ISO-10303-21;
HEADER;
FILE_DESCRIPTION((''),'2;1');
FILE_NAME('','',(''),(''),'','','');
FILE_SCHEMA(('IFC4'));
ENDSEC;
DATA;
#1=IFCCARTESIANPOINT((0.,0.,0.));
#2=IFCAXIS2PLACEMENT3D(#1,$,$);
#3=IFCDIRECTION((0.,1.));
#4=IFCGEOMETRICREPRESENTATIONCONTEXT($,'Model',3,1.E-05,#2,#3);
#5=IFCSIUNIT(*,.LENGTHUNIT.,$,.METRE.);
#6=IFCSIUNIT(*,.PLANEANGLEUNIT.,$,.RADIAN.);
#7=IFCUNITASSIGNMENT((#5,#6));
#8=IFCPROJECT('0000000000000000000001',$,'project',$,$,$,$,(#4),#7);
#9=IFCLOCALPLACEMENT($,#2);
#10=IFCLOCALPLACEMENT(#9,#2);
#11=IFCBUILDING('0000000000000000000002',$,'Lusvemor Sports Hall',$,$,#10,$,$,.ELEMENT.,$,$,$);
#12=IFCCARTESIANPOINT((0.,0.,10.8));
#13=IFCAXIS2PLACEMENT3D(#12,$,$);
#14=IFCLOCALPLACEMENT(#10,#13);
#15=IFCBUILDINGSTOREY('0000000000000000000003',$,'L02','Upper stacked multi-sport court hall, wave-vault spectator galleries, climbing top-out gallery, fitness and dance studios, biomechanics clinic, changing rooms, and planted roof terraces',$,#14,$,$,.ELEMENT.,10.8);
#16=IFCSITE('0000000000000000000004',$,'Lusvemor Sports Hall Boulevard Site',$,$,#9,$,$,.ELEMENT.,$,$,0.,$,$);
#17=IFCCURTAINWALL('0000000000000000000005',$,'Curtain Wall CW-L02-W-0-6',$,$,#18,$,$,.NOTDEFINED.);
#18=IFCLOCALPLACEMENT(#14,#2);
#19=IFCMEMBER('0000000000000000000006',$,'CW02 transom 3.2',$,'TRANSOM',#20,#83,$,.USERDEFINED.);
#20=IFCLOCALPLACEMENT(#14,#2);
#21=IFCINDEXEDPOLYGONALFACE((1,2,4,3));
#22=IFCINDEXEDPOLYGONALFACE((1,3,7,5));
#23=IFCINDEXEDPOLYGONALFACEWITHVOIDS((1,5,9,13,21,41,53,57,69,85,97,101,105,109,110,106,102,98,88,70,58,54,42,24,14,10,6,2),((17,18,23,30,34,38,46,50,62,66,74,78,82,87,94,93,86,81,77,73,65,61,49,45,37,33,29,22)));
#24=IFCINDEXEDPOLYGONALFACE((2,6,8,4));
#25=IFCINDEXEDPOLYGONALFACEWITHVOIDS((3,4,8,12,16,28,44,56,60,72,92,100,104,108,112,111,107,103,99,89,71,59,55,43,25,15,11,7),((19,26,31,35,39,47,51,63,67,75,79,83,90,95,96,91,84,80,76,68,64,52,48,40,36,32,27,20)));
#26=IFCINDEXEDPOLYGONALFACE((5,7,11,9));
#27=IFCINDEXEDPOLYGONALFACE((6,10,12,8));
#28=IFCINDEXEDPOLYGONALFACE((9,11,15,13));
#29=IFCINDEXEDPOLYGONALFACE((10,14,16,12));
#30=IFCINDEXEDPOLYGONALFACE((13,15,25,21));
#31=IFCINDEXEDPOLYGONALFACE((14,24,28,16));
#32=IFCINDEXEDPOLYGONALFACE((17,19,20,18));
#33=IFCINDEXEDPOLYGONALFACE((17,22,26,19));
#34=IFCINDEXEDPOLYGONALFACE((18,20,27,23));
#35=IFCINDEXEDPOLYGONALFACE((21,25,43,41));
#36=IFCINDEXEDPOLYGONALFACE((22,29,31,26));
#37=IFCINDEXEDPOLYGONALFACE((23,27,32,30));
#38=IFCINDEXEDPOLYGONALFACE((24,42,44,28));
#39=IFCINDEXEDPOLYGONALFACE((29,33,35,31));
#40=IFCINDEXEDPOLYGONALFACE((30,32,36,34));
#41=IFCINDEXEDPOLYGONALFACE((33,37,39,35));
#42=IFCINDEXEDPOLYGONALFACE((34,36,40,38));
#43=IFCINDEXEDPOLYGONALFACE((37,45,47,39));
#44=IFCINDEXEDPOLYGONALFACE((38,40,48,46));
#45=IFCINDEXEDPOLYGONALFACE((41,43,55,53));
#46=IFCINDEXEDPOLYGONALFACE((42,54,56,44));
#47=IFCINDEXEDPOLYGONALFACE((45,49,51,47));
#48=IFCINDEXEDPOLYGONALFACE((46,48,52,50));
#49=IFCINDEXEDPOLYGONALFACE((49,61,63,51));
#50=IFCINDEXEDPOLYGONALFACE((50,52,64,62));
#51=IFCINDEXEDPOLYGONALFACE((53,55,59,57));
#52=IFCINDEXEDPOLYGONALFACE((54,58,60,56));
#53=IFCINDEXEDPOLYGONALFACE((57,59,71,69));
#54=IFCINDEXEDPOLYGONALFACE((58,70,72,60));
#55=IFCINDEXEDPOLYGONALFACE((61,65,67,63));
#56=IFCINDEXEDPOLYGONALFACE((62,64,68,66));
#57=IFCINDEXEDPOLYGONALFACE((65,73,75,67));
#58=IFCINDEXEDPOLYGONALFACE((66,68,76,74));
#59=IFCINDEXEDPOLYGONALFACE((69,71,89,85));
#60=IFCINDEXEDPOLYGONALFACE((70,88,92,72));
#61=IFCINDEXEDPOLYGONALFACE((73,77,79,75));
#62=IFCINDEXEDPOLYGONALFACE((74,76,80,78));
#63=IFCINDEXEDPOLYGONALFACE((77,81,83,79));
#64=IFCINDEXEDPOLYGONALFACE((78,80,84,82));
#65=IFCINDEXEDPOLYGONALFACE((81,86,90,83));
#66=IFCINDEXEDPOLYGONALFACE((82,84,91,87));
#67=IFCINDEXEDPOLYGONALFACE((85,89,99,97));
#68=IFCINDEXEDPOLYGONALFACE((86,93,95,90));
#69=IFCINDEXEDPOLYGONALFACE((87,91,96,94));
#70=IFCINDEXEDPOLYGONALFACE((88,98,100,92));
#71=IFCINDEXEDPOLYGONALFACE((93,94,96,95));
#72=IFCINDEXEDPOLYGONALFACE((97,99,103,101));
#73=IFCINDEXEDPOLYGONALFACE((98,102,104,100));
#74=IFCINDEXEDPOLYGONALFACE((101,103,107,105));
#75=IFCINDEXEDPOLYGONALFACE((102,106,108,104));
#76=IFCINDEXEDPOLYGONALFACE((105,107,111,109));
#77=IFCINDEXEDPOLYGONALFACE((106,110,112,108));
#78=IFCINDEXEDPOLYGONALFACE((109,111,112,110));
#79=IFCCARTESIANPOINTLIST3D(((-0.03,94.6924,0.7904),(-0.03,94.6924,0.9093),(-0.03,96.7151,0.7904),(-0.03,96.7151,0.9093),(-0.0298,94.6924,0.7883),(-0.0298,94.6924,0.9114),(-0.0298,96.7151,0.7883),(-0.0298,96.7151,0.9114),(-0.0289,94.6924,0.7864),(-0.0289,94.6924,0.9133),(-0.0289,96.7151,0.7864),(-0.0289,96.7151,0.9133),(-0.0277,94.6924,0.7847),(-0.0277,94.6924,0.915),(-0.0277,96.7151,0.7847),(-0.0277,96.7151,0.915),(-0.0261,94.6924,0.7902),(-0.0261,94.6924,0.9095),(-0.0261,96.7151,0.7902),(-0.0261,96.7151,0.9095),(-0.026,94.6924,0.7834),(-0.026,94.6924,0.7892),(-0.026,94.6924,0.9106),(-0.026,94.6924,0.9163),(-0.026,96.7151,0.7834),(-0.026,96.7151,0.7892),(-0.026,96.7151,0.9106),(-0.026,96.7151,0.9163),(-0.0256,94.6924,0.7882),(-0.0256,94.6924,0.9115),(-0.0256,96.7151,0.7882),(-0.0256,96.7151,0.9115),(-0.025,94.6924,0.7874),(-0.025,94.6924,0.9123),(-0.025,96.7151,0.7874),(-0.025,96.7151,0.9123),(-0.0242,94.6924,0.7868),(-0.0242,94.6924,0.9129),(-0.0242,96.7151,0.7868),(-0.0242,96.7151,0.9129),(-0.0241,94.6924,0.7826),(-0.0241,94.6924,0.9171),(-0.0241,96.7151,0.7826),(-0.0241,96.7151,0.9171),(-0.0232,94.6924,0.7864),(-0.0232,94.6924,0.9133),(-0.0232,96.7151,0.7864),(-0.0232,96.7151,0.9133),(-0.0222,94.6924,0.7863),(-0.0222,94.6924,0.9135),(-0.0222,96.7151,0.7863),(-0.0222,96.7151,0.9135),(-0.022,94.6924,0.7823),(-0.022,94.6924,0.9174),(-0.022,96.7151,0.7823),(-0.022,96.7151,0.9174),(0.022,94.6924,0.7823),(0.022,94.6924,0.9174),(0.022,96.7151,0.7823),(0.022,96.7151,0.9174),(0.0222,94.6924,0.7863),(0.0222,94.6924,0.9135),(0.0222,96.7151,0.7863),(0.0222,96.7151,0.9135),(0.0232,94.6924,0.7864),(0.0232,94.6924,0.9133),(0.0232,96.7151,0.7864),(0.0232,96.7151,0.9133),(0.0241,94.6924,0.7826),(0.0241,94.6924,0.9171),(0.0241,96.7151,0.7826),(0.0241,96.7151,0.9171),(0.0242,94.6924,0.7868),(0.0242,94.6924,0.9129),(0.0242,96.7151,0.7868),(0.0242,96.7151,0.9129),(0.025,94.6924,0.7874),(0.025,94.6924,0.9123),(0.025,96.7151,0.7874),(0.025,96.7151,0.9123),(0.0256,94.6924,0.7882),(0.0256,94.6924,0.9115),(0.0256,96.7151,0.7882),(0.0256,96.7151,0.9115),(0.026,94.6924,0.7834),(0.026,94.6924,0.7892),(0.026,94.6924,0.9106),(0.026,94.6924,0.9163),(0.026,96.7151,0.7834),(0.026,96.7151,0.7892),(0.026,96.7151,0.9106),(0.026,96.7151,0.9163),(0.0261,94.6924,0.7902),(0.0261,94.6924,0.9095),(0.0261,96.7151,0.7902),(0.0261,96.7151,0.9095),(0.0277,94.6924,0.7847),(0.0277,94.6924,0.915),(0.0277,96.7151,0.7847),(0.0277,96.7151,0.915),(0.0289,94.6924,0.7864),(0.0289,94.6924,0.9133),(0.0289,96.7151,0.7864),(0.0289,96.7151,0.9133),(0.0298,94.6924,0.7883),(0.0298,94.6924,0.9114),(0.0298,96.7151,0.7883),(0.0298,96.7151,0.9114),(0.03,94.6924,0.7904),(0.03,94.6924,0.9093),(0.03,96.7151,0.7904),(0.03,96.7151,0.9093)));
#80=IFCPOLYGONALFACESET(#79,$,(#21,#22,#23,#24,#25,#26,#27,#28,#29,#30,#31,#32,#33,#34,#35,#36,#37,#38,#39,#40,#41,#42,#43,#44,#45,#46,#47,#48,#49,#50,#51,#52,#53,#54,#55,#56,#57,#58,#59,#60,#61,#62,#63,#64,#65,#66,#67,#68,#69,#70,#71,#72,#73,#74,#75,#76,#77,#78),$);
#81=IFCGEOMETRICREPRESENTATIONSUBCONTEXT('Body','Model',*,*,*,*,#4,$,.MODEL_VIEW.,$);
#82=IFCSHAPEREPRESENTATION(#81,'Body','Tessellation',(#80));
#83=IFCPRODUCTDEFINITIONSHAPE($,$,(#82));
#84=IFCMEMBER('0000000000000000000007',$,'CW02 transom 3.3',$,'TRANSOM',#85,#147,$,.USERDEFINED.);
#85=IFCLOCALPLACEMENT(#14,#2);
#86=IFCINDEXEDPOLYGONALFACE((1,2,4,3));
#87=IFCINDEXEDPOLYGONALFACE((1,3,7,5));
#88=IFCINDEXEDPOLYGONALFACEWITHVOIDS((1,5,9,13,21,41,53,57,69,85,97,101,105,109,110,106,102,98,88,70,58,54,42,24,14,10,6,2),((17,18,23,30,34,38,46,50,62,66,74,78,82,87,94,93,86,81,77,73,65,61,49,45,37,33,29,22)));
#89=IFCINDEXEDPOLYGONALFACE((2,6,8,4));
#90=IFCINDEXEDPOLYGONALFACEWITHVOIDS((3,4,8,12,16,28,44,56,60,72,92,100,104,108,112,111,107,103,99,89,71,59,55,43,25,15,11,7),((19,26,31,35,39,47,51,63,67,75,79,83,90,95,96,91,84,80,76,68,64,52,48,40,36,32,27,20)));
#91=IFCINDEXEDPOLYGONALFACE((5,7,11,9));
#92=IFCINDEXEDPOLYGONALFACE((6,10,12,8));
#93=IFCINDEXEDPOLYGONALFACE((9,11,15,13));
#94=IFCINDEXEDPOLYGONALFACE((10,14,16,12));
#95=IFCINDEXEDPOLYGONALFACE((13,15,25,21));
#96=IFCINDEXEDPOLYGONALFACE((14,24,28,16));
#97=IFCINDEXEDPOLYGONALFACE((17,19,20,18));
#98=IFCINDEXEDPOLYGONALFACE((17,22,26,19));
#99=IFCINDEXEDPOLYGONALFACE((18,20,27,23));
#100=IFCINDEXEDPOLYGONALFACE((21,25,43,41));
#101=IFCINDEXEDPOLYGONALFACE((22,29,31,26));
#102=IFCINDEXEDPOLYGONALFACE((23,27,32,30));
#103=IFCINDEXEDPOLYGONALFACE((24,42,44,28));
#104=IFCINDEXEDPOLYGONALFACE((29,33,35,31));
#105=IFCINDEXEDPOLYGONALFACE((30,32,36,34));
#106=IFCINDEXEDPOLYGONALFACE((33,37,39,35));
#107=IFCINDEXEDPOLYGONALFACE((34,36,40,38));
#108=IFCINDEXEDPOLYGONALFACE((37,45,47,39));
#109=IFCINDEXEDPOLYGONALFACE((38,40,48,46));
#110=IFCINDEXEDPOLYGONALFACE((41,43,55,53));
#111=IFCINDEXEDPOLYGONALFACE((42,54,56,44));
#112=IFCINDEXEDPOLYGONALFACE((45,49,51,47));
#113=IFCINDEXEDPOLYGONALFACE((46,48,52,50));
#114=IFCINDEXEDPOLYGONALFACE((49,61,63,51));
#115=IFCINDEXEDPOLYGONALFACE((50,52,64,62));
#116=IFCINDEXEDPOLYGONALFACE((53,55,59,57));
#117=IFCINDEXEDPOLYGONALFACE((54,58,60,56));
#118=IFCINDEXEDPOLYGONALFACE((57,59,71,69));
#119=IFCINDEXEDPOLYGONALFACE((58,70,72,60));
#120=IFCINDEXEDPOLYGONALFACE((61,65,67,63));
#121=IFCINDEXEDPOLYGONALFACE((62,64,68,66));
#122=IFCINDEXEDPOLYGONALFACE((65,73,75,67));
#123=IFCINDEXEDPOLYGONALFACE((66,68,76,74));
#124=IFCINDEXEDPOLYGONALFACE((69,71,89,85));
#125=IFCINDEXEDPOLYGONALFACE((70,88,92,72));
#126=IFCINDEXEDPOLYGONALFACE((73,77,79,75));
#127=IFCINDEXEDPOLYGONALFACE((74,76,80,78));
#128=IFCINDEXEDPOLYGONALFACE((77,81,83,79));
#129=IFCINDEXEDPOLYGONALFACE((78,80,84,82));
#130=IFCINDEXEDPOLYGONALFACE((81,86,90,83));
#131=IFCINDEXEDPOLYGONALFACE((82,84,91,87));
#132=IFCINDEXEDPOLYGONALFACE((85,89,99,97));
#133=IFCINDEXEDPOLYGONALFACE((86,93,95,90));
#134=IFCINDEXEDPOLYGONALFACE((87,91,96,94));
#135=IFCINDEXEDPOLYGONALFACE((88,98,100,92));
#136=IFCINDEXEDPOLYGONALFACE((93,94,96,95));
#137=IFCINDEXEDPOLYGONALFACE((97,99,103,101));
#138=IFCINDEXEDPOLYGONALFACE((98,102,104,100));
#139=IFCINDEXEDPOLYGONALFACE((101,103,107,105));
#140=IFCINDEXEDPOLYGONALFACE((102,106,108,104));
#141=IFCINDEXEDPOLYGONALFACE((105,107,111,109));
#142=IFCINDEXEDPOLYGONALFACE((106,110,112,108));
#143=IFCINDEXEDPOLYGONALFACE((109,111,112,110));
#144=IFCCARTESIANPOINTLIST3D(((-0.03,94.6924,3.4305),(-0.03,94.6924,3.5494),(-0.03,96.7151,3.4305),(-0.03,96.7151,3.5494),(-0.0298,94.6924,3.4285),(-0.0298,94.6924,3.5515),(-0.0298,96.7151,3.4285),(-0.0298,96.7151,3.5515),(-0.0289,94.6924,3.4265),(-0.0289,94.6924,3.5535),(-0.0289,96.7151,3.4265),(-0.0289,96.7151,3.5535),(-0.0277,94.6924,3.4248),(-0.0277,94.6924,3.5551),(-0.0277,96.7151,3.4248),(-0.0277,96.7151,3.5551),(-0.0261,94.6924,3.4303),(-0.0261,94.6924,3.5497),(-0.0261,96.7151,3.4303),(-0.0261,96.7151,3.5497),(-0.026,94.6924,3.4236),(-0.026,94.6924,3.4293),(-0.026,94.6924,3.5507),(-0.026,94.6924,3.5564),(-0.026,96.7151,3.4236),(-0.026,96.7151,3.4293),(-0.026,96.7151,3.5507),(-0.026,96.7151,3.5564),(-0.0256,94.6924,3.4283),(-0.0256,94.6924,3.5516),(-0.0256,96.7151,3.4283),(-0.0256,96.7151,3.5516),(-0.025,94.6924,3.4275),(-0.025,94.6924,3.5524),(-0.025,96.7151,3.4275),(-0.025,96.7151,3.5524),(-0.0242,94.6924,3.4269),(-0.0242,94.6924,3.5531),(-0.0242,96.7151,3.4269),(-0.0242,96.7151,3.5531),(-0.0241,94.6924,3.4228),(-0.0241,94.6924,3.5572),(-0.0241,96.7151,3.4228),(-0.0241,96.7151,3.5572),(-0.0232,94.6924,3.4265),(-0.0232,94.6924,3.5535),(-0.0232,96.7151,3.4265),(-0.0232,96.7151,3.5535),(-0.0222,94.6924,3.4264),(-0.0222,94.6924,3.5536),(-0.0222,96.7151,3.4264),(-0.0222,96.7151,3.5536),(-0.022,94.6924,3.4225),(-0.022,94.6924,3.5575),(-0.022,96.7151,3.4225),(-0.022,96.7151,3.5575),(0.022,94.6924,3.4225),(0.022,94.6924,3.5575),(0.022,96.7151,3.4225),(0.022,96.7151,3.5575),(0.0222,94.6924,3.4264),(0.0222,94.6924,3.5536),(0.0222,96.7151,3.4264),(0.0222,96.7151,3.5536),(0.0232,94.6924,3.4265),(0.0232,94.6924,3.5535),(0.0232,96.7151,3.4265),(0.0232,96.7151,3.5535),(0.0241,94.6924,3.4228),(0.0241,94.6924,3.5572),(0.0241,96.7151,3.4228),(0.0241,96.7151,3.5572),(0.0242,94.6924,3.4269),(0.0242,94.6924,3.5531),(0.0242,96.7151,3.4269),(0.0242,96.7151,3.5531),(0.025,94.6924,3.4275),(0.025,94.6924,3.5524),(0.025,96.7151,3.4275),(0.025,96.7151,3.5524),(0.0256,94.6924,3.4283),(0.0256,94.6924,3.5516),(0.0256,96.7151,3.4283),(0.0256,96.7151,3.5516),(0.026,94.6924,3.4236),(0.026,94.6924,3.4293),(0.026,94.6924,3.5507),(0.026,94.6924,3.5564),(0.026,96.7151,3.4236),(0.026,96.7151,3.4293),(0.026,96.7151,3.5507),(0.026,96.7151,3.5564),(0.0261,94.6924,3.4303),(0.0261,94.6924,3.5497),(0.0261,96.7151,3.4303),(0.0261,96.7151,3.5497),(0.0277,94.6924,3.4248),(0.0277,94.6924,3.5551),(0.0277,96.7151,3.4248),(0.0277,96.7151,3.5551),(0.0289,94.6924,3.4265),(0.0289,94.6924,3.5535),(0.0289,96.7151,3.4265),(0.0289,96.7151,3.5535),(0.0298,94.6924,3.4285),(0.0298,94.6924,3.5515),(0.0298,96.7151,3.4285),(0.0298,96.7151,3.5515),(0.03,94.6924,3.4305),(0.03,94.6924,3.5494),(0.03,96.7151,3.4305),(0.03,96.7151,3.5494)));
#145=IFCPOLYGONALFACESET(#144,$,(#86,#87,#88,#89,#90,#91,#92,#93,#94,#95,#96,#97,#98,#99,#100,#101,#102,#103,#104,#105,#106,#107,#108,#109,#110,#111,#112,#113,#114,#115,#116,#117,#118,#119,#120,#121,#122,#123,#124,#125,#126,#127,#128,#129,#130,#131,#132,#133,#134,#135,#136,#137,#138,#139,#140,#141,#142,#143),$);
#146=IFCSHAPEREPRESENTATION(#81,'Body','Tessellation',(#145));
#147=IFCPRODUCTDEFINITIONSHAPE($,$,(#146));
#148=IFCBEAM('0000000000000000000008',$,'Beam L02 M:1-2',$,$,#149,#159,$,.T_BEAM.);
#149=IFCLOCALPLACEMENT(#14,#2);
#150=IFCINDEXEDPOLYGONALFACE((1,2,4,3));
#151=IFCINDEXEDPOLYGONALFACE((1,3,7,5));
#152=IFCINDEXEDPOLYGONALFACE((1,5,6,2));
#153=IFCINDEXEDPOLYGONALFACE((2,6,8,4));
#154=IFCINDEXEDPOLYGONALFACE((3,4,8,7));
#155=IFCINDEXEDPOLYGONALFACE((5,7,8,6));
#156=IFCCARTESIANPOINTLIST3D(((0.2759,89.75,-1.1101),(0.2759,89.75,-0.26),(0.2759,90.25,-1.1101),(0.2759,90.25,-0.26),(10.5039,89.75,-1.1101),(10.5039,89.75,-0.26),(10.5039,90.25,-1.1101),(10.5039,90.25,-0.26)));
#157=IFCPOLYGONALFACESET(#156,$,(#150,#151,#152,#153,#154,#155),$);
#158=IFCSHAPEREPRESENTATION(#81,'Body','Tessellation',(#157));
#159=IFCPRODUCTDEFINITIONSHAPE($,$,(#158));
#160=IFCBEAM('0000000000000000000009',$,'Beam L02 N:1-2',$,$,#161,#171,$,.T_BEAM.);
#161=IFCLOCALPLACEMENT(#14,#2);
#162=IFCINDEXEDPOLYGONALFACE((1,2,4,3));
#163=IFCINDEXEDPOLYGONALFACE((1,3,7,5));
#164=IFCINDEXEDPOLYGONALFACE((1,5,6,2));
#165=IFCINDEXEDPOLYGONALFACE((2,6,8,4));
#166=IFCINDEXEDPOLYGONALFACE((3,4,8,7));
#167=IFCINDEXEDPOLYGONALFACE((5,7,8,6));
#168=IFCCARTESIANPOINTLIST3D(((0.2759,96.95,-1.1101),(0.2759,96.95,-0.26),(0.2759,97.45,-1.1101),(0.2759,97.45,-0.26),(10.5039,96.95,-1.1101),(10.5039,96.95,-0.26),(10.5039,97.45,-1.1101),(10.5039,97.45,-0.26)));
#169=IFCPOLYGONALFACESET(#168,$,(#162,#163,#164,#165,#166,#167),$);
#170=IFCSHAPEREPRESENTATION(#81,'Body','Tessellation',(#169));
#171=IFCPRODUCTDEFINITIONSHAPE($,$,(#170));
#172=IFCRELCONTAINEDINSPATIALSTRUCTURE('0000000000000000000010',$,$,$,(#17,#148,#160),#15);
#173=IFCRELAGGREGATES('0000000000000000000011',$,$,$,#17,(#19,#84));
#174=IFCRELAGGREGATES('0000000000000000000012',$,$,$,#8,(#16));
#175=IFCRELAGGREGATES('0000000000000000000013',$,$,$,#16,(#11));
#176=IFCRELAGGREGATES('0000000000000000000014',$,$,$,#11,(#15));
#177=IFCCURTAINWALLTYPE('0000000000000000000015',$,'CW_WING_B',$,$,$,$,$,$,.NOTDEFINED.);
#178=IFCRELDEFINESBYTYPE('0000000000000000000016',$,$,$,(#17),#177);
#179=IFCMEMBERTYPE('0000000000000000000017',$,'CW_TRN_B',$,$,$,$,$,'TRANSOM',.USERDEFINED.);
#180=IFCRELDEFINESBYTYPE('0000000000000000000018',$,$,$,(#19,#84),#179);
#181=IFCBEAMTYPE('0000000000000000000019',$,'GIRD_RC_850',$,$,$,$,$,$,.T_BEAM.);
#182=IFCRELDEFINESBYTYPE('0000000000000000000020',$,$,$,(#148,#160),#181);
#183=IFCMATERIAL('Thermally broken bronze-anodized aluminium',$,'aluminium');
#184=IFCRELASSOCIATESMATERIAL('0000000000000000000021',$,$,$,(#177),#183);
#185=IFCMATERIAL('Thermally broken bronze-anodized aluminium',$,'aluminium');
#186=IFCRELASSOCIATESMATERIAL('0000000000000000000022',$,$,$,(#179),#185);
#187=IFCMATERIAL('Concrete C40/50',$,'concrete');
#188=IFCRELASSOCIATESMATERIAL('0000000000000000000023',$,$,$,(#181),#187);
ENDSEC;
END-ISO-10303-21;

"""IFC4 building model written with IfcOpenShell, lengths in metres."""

from ifc_helpers import new_model, si_unit, direction, frame, origin, origin_2d, place, context, subcontext, project, spatial, rectangle, hollow_rectangle, extrude, material, material_profile, profile_set, type_object, element, aggregate, save


model = new_model("IFC4")

# Units and contexts
model_context = context("Model", 3, precision=1e-05, world=origin(), true_north=direction((0.0, 1.0)))
body_context = subcontext(model_context, "Body", "Model", "MODEL_VIEW")
ifc_project = project(units=[si_unit("LENGTHUNIT", "METRE"), si_unit("PLANEANGLEUNIT", "RADIAN")], contexts=[model_context])

# Site, building, storey
site_placement = place(None, origin())
site = spatial("IfcSite", under=ifc_project, at=site_placement, Name="Lusvemor Sports Hall Boulevard Site", CompositionType="ELEMENT", RefElevation=0.0)
building_placement = place(site_placement, origin())
building = spatial("IfcBuilding", under=site, at=building_placement, Name="Lusvemor Sports Hall", CompositionType="ELEMENT")
storey_placement = place(building_placement, frame((0.0, 0.0, 10.8)))
storey = spatial("IfcBuildingStorey", under=building, at=storey_placement, Name="L02", Description="Upper stacked multi-sport court hall, wave-vault spectator galleries, climbing top-out gallery, fitness and dance studios, biomechanics clinic, changing rooms, and planted roof terraces", CompositionType="ELEMENT", Elevation=10.8)

# Curtain wall, members
ifc_material_1 = material(Name="Thermally broken bronze-anodized aluminium", Category="aluminium")
curtain_wall_type = type_object("IfcCurtainWallType", Name="CW_WING_B", PredefinedType="NOTDEFINED", material=ifc_material_1)
curtain_wall_placement = place(storey_placement, origin())
curtain_wall = element("IfcCurtainWall", 1, at=curtain_wall_placement, inside=storey, type_object=curtain_wall_type, Name="Curtain Wall CW-L02-W-0-6", PredefinedType="NOTDEFINED")
ifc_material_2 = material(Name="Thermally broken bronze-anodized aluminium", Category="aluminium")
ifc_material_profile_1 = material_profile(ifc_material_2, hollow_rectangle(XDim=0.0601, YDim=0.135, WallThickness=0.0039, InnerFilletRadius=0.0039, OuterFilletRadius=0.0081, at=origin_2d()), Name="CWTRN135x60x4")
ifc_profile_set_1 = profile_set([ifc_material_profile_1], Name="Thermally broken bronze-anodized aluminium")
member_type_1 = type_object("IfcMemberType", Name="CW_TRN_B", ElementType="TRANSOM", PredefinedType="USERDEFINED", material=ifc_profile_set_1)
member_1_placement = place(storey_placement, frame((0.0, 94.6924, 0.8499), z_axis=(0.0, 1.0, 0.0), x_axis=(-1.0, 0.0, 0.0)))
member_1 = element("IfcMember", 2, at=member_1_placement, type_object=member_type_1, Name="CW02 transom 3.2", ObjectType="TRANSOM", PredefinedType="USERDEFINED", context=body_context, shape_type="SweptSolid", body=[
    extrude(hollow_rectangle(XDim=0.0601, YDim=0.135, WallThickness=0.0039, InnerFilletRadius=0.0039, OuterFilletRadius=0.0081, at=origin_2d()), origin(), (0.0, 0.0, 1.0), 2.0227),
])
member_2_placement = place(storey_placement, frame((0.0, 94.6924, 3.49), z_axis=(0.0, 1.0, 0.0), x_axis=(-1.0, 0.0, 0.0)))
member_2 = element("IfcMember", 3, at=member_2_placement, type_object=member_type_1, Name="CW02 transom 3.3", ObjectType="TRANSOM", PredefinedType="USERDEFINED", context=body_context, shape_type="SweptSolid", body=[
    extrude(hollow_rectangle(XDim=0.0601, YDim=0.135, WallThickness=0.0039, InnerFilletRadius=0.0039, OuterFilletRadius=0.0081, at=origin_2d()), origin(), (0.0, 0.0, 1.0), 2.0227),
])

# Beams
ifc_material_3 = material(Name="Concrete C40/50", Category="concrete")
ifc_material_profile_2 = material_profile(ifc_material_3, rectangle(XDim=0.5, YDim=0.8501, at=origin_2d()), Name="RC500x850")
ifc_profile_set_2 = profile_set([ifc_material_profile_2], Name="Concrete C40/50")
beam_type_1 = type_object("IfcBeamType", Name="GIRD_RC_850", PredefinedType="T_BEAM", material=ifc_profile_set_2)
for number, where, z_axis, x_axis, name in (
    (4, (0.2759, 90.0, -0.6851), (1.0, 0.0, 0.0), (0.0, 1.0, 0.0), "Beam L02 M:1-2"),
    (5, (0.2759, 97.2, -0.6851), (1.0, 0.0, 0.0), (0.0, 1.0, 0.0), "Beam L02 N:1-2"),
):
    element("IfcBeam", number, at=place(storey_placement, frame(where, z_axis=z_axis, x_axis=x_axis)), inside=storey, type_object=beam_type_1, Name=name, PredefinedType="T_BEAM", context=body_context, shape_type="SweptSolid", body=[
        extrude(rectangle(XDim=0.5, YDim=0.8501, at=origin_2d()), origin(), (0.0, 0.0, 1.0), 10.228),
    ])

aggregate(curtain_wall, [member_1, member_2])

save(model, "model.ifc")
